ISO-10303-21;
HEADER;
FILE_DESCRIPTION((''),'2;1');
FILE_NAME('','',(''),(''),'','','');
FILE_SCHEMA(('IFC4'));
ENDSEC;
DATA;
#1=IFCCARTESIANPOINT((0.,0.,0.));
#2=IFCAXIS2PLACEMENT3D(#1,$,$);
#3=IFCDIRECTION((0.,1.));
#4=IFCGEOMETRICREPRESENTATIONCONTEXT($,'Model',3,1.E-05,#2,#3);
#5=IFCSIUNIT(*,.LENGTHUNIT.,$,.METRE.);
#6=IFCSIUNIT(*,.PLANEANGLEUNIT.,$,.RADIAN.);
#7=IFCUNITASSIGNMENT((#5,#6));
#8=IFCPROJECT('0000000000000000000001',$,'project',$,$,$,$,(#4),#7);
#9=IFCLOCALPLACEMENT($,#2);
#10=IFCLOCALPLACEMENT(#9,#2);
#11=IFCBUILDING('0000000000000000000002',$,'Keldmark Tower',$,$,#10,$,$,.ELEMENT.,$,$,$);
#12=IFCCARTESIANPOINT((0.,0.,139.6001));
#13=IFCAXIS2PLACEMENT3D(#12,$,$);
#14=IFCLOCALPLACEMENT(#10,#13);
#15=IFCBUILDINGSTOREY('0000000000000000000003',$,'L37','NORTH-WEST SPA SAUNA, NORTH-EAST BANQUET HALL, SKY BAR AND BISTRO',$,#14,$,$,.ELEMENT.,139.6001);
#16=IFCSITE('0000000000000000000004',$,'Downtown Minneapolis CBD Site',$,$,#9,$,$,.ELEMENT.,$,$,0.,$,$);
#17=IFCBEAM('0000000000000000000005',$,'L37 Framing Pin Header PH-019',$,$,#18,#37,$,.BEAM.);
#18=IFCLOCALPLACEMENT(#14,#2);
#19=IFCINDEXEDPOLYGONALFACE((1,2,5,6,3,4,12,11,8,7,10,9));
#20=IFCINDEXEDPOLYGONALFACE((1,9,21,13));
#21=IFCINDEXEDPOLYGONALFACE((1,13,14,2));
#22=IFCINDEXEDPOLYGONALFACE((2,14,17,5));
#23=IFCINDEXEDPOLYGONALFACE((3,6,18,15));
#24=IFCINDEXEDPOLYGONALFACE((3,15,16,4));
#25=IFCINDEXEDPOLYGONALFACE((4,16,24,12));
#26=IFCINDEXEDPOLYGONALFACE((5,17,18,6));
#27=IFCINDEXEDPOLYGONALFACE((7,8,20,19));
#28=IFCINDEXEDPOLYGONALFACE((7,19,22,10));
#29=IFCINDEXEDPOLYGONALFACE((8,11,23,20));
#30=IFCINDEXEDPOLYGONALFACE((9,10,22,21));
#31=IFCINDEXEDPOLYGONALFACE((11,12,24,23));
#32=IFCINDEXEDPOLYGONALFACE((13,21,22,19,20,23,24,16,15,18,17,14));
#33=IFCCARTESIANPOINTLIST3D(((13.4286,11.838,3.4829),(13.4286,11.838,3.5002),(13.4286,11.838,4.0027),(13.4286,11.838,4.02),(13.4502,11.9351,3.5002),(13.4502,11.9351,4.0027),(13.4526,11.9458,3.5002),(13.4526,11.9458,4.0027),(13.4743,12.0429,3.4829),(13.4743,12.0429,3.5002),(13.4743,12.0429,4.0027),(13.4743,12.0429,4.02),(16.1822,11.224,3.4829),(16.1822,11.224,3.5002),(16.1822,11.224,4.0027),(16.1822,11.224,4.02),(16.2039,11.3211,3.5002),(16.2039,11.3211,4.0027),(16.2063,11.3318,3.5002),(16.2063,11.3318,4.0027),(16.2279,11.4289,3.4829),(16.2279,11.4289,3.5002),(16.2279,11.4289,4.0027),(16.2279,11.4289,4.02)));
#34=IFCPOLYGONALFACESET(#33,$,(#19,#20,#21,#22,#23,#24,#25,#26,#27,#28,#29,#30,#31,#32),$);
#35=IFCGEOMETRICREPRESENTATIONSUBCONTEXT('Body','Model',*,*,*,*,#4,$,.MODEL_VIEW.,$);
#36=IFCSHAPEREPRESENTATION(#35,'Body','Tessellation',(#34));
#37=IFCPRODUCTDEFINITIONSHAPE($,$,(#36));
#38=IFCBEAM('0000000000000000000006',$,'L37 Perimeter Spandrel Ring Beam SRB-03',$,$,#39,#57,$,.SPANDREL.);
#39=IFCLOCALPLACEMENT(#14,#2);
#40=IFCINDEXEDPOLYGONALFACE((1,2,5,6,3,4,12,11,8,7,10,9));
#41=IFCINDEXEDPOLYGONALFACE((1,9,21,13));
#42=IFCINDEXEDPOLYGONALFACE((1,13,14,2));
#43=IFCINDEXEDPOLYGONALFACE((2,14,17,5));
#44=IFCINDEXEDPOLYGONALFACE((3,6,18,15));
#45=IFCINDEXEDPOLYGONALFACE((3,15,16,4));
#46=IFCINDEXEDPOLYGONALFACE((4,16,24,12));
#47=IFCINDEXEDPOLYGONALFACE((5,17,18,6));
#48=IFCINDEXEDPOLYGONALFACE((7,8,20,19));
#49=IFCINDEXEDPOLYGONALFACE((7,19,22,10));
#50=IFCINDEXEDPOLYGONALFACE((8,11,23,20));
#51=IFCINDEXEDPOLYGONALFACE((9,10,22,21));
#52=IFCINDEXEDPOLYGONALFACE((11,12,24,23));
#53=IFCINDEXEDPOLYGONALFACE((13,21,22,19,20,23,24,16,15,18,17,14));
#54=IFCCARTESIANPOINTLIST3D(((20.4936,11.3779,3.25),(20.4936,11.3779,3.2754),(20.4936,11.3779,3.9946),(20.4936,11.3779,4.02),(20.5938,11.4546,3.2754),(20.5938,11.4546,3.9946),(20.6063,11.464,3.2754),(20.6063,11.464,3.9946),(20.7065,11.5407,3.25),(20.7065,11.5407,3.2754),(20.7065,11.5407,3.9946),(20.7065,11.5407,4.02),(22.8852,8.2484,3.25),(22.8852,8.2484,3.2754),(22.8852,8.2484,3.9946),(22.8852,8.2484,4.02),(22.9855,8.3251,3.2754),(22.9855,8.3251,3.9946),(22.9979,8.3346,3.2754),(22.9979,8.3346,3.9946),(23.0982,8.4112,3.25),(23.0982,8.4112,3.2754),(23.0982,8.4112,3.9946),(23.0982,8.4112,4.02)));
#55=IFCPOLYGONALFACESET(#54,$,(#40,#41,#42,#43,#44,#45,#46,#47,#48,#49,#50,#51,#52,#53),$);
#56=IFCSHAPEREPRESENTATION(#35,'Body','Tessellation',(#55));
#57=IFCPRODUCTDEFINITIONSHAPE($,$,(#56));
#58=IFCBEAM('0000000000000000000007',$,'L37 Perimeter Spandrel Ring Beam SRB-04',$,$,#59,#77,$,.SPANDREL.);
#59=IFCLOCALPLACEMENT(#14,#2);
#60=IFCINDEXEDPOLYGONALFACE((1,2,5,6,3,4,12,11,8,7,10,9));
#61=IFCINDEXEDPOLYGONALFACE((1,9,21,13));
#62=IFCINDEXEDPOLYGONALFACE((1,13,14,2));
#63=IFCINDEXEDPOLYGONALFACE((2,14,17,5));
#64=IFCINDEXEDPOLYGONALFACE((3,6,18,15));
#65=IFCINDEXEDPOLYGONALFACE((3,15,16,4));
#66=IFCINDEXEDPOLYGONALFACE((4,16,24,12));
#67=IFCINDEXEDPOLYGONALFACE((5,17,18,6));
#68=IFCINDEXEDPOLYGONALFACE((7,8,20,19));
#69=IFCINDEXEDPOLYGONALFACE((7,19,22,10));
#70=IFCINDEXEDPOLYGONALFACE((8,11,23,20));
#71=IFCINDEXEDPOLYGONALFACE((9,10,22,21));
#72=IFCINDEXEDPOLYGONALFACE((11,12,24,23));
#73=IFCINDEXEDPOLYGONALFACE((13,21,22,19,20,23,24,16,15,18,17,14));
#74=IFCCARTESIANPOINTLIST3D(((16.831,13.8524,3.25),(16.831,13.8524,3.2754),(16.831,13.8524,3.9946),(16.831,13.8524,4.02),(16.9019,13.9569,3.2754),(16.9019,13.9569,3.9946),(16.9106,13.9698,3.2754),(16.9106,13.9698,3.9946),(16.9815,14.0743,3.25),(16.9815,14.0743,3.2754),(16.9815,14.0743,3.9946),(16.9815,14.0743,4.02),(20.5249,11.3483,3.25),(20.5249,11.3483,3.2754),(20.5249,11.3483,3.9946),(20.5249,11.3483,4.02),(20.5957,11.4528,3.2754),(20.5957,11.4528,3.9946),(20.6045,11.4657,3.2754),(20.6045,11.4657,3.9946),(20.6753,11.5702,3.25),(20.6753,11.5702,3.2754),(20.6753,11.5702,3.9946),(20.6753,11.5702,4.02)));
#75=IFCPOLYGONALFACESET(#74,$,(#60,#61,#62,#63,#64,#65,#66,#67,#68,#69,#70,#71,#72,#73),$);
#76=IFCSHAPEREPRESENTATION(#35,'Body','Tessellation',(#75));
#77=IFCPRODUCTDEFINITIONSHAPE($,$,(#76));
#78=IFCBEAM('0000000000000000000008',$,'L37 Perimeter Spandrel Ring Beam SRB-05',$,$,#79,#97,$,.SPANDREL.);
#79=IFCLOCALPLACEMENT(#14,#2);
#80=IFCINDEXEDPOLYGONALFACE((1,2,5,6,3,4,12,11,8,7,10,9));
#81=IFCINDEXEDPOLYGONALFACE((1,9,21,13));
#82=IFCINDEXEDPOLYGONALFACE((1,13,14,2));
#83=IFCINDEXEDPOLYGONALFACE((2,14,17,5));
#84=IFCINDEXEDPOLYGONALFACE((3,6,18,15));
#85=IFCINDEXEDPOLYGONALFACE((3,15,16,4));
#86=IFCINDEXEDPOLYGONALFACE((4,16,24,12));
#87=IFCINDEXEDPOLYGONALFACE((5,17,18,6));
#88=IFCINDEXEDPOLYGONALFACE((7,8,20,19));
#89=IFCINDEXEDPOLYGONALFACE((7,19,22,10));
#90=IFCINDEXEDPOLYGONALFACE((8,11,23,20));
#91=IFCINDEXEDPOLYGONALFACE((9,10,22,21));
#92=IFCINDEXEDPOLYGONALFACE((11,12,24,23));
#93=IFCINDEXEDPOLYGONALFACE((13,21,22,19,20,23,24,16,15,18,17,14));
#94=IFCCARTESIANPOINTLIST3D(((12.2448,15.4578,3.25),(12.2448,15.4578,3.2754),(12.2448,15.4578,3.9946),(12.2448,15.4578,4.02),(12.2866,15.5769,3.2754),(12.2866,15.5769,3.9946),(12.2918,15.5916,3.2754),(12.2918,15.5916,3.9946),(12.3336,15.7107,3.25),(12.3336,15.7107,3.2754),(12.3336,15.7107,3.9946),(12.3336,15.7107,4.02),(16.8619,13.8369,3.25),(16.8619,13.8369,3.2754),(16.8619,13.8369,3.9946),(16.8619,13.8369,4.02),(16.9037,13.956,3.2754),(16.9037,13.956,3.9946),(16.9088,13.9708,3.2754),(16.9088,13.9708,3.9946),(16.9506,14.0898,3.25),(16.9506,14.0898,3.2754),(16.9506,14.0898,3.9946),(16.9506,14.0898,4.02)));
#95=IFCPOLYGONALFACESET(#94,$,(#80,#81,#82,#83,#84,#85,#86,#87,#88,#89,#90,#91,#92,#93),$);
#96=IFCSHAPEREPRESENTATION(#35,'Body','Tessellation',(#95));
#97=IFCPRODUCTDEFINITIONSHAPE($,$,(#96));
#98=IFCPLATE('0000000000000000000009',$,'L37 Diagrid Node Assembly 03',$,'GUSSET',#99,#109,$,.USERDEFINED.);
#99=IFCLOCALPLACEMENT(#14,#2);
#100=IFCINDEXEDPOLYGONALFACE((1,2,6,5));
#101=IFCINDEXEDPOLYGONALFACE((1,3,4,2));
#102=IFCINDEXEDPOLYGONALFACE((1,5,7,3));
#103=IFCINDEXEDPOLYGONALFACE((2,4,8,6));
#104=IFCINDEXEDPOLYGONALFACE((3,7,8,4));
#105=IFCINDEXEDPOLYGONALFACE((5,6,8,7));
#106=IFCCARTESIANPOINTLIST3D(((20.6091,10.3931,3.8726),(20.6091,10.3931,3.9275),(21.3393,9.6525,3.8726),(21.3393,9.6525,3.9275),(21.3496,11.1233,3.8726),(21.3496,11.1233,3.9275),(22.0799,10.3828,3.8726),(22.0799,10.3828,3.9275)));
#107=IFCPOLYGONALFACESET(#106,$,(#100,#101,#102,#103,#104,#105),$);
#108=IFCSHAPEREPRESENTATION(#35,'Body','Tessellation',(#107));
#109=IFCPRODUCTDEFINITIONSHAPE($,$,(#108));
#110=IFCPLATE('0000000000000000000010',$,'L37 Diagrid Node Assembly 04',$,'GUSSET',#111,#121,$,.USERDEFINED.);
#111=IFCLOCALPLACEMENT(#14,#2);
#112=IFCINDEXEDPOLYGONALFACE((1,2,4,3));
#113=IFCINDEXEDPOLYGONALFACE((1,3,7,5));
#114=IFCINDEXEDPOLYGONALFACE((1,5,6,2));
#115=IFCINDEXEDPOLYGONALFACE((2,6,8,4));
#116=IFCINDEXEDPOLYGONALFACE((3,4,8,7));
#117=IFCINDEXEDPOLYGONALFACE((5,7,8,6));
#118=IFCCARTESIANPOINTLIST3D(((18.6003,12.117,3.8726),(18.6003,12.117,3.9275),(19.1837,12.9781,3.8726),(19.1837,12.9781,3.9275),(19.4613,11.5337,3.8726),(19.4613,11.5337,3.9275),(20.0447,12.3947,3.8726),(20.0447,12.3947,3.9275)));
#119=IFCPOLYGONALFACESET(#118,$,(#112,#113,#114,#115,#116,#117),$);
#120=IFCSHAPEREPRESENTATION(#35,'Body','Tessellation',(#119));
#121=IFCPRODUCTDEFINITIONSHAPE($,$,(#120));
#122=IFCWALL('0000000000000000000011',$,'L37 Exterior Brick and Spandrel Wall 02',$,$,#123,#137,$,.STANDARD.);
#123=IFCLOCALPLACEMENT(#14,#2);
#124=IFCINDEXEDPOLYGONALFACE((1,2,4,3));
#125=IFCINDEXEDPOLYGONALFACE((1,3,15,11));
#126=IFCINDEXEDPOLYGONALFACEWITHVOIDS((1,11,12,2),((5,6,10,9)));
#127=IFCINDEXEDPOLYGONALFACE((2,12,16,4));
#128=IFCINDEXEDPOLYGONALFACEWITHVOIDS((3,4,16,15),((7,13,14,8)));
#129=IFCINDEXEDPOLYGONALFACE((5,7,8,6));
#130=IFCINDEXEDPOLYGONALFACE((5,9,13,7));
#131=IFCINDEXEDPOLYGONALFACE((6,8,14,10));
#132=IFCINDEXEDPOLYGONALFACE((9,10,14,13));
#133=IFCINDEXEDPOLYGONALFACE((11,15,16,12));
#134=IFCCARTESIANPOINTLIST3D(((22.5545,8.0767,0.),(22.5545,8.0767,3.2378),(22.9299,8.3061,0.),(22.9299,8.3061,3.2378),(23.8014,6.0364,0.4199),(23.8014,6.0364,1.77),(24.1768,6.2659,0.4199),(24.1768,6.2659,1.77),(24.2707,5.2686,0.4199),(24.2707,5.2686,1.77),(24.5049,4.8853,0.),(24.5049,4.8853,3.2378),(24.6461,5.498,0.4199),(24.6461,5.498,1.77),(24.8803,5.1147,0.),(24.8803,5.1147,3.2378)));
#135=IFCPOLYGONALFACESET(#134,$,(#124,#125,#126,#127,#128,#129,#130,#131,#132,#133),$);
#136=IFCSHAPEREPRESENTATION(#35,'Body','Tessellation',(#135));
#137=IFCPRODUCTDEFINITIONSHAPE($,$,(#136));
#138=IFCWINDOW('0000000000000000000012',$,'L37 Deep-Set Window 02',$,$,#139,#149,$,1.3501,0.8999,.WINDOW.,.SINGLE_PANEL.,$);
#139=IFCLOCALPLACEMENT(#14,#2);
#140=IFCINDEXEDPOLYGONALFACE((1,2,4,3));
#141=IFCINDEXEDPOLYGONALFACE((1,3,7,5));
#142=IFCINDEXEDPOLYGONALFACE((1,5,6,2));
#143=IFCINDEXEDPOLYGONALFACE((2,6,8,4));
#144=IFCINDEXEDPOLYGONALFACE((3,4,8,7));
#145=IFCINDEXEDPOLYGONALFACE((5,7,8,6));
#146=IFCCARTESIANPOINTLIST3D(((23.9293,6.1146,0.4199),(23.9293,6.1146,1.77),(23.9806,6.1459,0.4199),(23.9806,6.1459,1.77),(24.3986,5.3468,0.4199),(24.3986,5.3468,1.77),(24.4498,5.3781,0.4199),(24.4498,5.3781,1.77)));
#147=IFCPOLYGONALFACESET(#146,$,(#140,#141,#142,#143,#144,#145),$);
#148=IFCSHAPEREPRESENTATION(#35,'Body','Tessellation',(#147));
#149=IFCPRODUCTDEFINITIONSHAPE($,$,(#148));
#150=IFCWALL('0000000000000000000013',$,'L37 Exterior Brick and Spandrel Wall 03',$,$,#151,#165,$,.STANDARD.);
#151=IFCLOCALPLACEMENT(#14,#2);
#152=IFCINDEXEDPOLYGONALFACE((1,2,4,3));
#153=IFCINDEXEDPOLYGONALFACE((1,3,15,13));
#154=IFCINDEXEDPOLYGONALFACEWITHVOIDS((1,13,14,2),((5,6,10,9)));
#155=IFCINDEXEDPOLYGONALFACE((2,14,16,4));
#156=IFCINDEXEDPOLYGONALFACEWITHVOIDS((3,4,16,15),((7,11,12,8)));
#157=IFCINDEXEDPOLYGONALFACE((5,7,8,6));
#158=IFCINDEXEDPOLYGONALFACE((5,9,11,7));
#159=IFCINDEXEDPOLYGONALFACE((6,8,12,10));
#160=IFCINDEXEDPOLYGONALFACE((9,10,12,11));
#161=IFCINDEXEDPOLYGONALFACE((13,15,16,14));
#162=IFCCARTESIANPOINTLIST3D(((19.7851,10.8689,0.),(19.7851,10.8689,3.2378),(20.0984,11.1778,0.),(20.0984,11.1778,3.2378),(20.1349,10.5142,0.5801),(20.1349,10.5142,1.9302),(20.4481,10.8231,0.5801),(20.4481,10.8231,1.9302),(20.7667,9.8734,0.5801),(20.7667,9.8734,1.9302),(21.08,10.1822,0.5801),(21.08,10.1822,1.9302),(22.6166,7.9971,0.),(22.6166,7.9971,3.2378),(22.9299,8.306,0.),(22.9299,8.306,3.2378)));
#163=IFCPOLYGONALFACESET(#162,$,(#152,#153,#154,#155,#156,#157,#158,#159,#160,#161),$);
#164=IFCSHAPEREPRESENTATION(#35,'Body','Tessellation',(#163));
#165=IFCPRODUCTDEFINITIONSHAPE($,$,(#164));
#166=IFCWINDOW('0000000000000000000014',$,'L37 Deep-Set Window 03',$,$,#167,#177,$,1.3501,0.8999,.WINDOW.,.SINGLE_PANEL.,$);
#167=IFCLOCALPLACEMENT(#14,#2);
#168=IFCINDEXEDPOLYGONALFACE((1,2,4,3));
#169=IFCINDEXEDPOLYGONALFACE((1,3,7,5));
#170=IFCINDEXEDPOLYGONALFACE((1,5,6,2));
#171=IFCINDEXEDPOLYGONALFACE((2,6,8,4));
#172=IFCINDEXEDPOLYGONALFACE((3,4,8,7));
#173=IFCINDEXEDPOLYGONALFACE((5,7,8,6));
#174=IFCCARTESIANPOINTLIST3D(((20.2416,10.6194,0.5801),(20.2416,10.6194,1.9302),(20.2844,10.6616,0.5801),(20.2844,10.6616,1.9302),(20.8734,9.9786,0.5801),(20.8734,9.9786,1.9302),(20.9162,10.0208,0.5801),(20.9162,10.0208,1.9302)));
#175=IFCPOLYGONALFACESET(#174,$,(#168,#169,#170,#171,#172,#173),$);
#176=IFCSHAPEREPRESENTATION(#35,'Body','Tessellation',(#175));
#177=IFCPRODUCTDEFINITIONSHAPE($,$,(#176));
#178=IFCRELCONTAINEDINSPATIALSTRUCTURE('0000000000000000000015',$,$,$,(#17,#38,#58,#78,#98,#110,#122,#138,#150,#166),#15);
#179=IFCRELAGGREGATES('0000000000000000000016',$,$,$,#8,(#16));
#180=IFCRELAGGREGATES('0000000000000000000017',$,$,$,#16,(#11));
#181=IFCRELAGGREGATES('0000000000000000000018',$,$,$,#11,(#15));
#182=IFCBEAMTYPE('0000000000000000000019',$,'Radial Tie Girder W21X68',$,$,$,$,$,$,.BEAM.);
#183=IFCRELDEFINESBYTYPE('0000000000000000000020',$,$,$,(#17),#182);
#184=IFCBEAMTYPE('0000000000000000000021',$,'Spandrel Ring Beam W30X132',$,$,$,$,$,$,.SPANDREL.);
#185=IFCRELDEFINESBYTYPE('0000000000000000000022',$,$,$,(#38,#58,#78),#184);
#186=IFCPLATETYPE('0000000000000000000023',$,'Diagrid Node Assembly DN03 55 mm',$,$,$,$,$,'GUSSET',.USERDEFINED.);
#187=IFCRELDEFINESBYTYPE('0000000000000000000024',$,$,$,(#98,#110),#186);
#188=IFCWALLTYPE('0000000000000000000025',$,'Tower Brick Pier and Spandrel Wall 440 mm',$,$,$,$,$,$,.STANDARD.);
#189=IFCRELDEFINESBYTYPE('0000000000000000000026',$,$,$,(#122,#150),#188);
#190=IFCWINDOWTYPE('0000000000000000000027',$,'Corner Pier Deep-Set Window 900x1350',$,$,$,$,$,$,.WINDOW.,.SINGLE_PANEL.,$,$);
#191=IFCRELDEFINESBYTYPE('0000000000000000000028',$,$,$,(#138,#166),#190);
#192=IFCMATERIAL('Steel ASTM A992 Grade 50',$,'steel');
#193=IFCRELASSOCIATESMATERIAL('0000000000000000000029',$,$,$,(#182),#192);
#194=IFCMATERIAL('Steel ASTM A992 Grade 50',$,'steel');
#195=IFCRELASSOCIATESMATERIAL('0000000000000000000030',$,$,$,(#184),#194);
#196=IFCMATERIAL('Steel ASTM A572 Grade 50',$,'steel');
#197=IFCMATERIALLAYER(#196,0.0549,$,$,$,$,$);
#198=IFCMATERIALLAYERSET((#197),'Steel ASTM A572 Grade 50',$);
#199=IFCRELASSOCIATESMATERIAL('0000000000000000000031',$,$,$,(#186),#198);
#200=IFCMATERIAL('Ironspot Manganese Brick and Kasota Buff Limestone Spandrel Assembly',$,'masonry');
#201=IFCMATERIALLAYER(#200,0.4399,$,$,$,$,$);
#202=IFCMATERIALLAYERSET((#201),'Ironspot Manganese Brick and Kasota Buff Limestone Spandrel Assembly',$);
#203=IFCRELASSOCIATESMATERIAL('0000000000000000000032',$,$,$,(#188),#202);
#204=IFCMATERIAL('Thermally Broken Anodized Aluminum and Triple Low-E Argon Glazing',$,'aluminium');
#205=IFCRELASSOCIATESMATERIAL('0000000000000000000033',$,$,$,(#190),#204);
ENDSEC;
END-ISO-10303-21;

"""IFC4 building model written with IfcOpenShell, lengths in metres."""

from ifc_helpers import new_model, si_unit, direction, frame, frame_2d, origin, origin_2d, place, context, subcontext, project, spatial, rectangle, i_section, extrude, material, layer, layer_set, material_profile, profile_set, type_object, element, fill, save


model = new_model("IFC4")

# Units and contexts
model_context = context("Model", 3, precision=1e-05, world=origin(), true_north=direction((0.0, 1.0)))
body_context = subcontext(model_context, "Body", "Model", "MODEL_VIEW")
ifc_project = project(units=[si_unit("LENGTHUNIT", "METRE"), si_unit("PLANEANGLEUNIT", "RADIAN")], contexts=[model_context])

# Site, building, storey
site_placement = place(None, origin())
site = spatial("IfcSite", under=ifc_project, at=site_placement, Name="Downtown Minneapolis CBD Site", CompositionType="ELEMENT", RefElevation=0.0)
building_placement = place(site_placement, origin())
building = spatial("IfcBuilding", under=site, at=building_placement, Name="Keldmark Tower", CompositionType="ELEMENT")
storey_placement = place(building_placement, frame((0.0, 0.0, 139.6001)))
storey = spatial("IfcBuildingStorey", under=building, at=storey_placement, Name="L37", Description="NORTH-WEST SPA SAUNA, NORTH-EAST BANQUET HALL, SKY BAR AND BISTRO", CompositionType="ELEMENT", Elevation=139.6001)

# Beams
ifc_material_1 = material(Name="Steel ASTM A992 Grade 50", Category="steel")
ifc_material_profile_1 = material_profile(ifc_material_1, i_section(OverallWidth=0.21, OverallDepth=0.5371, WebThickness=0.011, FlangeThickness=0.0173, at=origin_2d()), Name="W21X68")
ifc_profile_set_1 = profile_set([ifc_material_profile_1], Name="Steel ASTM A992 Grade 50")
beam_type_1 = type_object("IfcBeamType", Name="Radial Tie Girder W21X68", PredefinedType="BEAM", material=ifc_profile_set_1)
beam_1_placement = place(storey_placement, frame((16.2051, 11.3264, 3.7515), z_axis=(-0.97603, 0.217636, 0.0), x_axis=(-0.217636, -0.97603, 0.0)))
element("IfcBeam", 1, at=beam_1_placement, inside=storey, type_object=beam_type_1, Name="L37 Framing Pin Header PH-019", PredefinedType="BEAM", context=body_context, shape_type="SweptSolid", body=[
    extrude(i_section(OverallWidth=0.21, OverallDepth=0.5371, WebThickness=0.011, FlangeThickness=0.0173, at=origin_2d()), origin(), (0.0, 0.0, 1.0), 2.8213),
])
ifc_material_2 = material(Name="Steel ASTM A992 Grade 50", Category="steel")
ifc_material_profile_2 = material_profile(ifc_material_2, i_section(OverallWidth=0.2681, OverallDepth=0.77, WebThickness=0.0156, FlangeThickness=0.0254, at=origin_2d()), Name="W30X132")
ifc_profile_set_2 = profile_set([ifc_material_profile_2], Name="Steel ASTM A992 Grade 50")
beam_type_2 = type_object("IfcBeamType", Name="Spandrel Ring Beam W30X132", PredefinedType="SPANDREL", material=ifc_profile_set_2)
beam_2_placement = place(storey_placement, frame((22.9917, 8.3298, 3.635), z_axis=(-0.607215, 0.794537, 0.0), x_axis=(-0.794537, -0.607215, 0.0)))
element("IfcBeam", 2, at=beam_2_placement, inside=storey, type_object=beam_type_2, Name="L37 Perimeter Spandrel Ring Beam SRB-03", PredefinedType="SPANDREL", context=body_context, shape_type="SweptSolid", body=[
    extrude(i_section(OverallWidth=0.2681, OverallDepth=0.77, WebThickness=0.0156, FlangeThickness=0.0254, at=origin_2d()), origin(), (0.0, 0.0, 1.0), 3.9387),
])
beam_3_placement = place(storey_placement, frame((20.6001, 11.4592, 3.635), z_axis=(-0.827724, 0.561135, 0.0), x_axis=(-0.561135, -0.827724, 0.0)))
element("IfcBeam", 3, at=beam_3_placement, inside=storey, type_object=beam_type_2, Name="L37 Perimeter Spandrel Ring Beam SRB-04", PredefinedType="SPANDREL", context=body_context, shape_type="SweptSolid", body=[
    extrude(i_section(OverallWidth=0.2681, OverallDepth=0.77, WebThickness=0.0156, FlangeThickness=0.0254, at=origin_2d()), origin(), (0.0, 0.0, 1.0), 4.4626),
])
beam_4_placement = place(storey_placement, frame((16.9062, 13.9634, 3.635), z_axis=(-0.943544, 0.331246, 0.0), x_axis=(-0.331246, -0.943544, 0.0)))
element("IfcBeam", 4, at=beam_4_placement, inside=storey, type_object=beam_type_2, Name="L37 Perimeter Spandrel Ring Beam SRB-05", PredefinedType="SPANDREL", context=body_context, shape_type="SweptSolid", body=[
    extrude(i_section(OverallWidth=0.2681, OverallDepth=0.77, WebThickness=0.0156, FlangeThickness=0.0254, at=origin_2d()), origin(), (0.0, 0.0, 1.0), 4.8933),
])

# Plates
ifc_material_3 = material(Name="Steel ASTM A572 Grade 50", Category="steel")
ifc_layer_1 = layer(ifc_material_3, 0.0549)
ifc_layer_set_1 = layer_set([ifc_layer_1], Name="Steel ASTM A572 Grade 50")
plate_type = type_object("IfcPlateType", Name="Diagrid Node Assembly DN03 55 mm", ElementType="GUSSET", PredefinedType="USERDEFINED", material=ifc_layer_set_1)
for number, where, z_axis, x_axis, name in (
    (5, (21.3445, 10.3879, 3.8726), (0.0, 0.0, 1.0), (-0.702153, 0.712026, 0.0), "L37 Diagrid Node Assembly 03"),
    (6, (19.3225, 12.2559, 3.8726), (0.0, 0.0, 1.0), (-0.827865, 0.560928, 0.0), "L37 Diagrid Node Assembly 04"),
):
    element("IfcPlate", number, at=place(storey_placement, frame(where, z_axis=z_axis, x_axis=x_axis)), inside=storey, type_object=plate_type, Name=name, ObjectType="GUSSET", PredefinedType="USERDEFINED", context=body_context, shape_type="SweptSolid", body=[
        extrude(rectangle(XDim=1.04, YDim=1.04, at=origin_2d()), origin(), (0.0, 0.0, 1.0), 0.0549),
    ])

# Walls, openings, windows
ifc_material_4 = material(Name="Ironspot Manganese Brick and Kasota Buff Limestone Spandrel Assembly", Category="masonry")
ifc_layer_2 = layer(ifc_material_4, 0.4399)
ifc_layer_set_2 = layer_set([ifc_layer_2], Name="Ironspot Manganese Brick and Kasota Buff Limestone Spandrel Assembly")
wall_type = type_object("IfcWallType", Name="Tower Brick Pier and Spandrel Wall 440 mm", PredefinedType="STANDARD", material=ifc_layer_set_2)
wall_1_placement = place(storey_placement, frame((22.7422, 8.1914, 0.0), z_axis=(0.0, 0.0, 1.0), x_axis=(0.521476, -0.853266, 0.0)))
wall_1 = element("IfcWall", 7, at=wall_1_placement, inside=storey, type_object=wall_type, Name="L37 Exterior Brick and Spandrel Wall 02", PredefinedType="STANDARD", context=body_context, shape_type="SweptSolid", body=[
    extrude(rectangle(XDim=3.7402, YDim=0.4399, at=frame_2d((1.8701, 0.0))), origin(), (0.0, 0.0, 1.0), 3.2378),
])
opening_1_placement = place(wall_1_placement, frame((2.3911, 0.0, 0.4199)))
opening_1 = element("IfcOpeningElement", 8, at=opening_1_placement, cuts=wall_1, PredefinedType="OPENING", context=body_context, shape_type="SweptSolid", body=[
    extrude(rectangle(XDim=0.8999, YDim=1.3501, at=frame_2d((0.45, 0.675))), frame((0.0, 0.23, 0.0), z_axis=(0.0, -1.0, 0.0), x_axis=(1.0, 0.0, 0.0)), (0.0, 0.0, 1.0), 0.46),
])
ifc_material_5 = material(Name="Thermally Broken Anodized Aluminum and Triple Low-E Argon Glazing", Category="aluminium")
window_type = type_object("IfcWindowType", Name="Corner Pier Deep-Set Window 900x1350", PartitioningType="SINGLE_PANEL", PredefinedType="WINDOW", material=ifc_material_5)
window_1_placement = place(opening_1_placement, origin())
window_1 = element("IfcWindow", 9, at=window_1_placement, inside=storey, type_object=window_type, Name="L37 Deep-Set Window 02", OverallHeight=1.3501, OverallWidth=0.8999, PartitioningType="SINGLE_PANEL", PredefinedType="WINDOW", context=body_context, shape_type="SweptSolid", body=[
    extrude(rectangle(XDim=0.8999, YDim=1.3501, at=frame_2d((0.45, 0.675))), frame((0.0, -0.01, 0.0), z_axis=(0.0, -1.0, 0.0), x_axis=(1.0, 0.0, 0.0)), (0.0, 0.0, 1.0), 0.0601),
])
fill(opening_1, window_1)
wall_2_placement = place(storey_placement, frame((19.9417, 11.0234, 0.0), z_axis=(0.0, 0.0, 1.0), x_axis=(0.702095, -0.712083, 0.0)))
wall_2 = element("IfcWall", 10, at=wall_2_placement, inside=storey, type_object=wall_type, Name="L37 Exterior Brick and Spandrel Wall 03", PredefinedType="STANDARD", context=body_context, shape_type="SweptSolid", body=[
    extrude(rectangle(XDim=4.033, YDim=0.4399, at=frame_2d((2.0166, 0.0))), origin(), (0.0, 0.0, 1.0), 3.2378),
])
opening_2_placement = place(wall_2_placement, frame((0.4983, 0.0, 0.5801)))
opening_2 = element("IfcOpeningElement", 11, at=opening_2_placement, cuts=wall_2, PredefinedType="OPENING", context=body_context, shape_type="SweptSolid", body=[
    extrude(rectangle(XDim=0.8999, YDim=1.3501, at=frame_2d((0.45, 0.675))), frame((0.0, 0.23, 0.0), z_axis=(0.0, -1.0, 0.0), x_axis=(1.0, 0.0, 0.0)), (0.0, 0.0, 1.0), 0.46),
])
window_2_placement = place(opening_2_placement, origin())
window_2 = element("IfcWindow", 12, at=window_2_placement, inside=storey, type_object=window_type, Name="L37 Deep-Set Window 03", OverallHeight=1.3501, OverallWidth=0.8999, PartitioningType="SINGLE_PANEL", PredefinedType="WINDOW", context=body_context, shape_type="SweptSolid", body=[
    extrude(rectangle(XDim=0.8999, YDim=1.3501, at=frame_2d((0.45, 0.675))), frame((0.0, -0.01, 0.0), z_axis=(0.0, -1.0, 0.0), x_axis=(1.0, 0.0, 0.0)), (0.0, 0.0, 1.0), 0.0601),
])
fill(opening_2, window_2)

save(model, "model.ifc")
